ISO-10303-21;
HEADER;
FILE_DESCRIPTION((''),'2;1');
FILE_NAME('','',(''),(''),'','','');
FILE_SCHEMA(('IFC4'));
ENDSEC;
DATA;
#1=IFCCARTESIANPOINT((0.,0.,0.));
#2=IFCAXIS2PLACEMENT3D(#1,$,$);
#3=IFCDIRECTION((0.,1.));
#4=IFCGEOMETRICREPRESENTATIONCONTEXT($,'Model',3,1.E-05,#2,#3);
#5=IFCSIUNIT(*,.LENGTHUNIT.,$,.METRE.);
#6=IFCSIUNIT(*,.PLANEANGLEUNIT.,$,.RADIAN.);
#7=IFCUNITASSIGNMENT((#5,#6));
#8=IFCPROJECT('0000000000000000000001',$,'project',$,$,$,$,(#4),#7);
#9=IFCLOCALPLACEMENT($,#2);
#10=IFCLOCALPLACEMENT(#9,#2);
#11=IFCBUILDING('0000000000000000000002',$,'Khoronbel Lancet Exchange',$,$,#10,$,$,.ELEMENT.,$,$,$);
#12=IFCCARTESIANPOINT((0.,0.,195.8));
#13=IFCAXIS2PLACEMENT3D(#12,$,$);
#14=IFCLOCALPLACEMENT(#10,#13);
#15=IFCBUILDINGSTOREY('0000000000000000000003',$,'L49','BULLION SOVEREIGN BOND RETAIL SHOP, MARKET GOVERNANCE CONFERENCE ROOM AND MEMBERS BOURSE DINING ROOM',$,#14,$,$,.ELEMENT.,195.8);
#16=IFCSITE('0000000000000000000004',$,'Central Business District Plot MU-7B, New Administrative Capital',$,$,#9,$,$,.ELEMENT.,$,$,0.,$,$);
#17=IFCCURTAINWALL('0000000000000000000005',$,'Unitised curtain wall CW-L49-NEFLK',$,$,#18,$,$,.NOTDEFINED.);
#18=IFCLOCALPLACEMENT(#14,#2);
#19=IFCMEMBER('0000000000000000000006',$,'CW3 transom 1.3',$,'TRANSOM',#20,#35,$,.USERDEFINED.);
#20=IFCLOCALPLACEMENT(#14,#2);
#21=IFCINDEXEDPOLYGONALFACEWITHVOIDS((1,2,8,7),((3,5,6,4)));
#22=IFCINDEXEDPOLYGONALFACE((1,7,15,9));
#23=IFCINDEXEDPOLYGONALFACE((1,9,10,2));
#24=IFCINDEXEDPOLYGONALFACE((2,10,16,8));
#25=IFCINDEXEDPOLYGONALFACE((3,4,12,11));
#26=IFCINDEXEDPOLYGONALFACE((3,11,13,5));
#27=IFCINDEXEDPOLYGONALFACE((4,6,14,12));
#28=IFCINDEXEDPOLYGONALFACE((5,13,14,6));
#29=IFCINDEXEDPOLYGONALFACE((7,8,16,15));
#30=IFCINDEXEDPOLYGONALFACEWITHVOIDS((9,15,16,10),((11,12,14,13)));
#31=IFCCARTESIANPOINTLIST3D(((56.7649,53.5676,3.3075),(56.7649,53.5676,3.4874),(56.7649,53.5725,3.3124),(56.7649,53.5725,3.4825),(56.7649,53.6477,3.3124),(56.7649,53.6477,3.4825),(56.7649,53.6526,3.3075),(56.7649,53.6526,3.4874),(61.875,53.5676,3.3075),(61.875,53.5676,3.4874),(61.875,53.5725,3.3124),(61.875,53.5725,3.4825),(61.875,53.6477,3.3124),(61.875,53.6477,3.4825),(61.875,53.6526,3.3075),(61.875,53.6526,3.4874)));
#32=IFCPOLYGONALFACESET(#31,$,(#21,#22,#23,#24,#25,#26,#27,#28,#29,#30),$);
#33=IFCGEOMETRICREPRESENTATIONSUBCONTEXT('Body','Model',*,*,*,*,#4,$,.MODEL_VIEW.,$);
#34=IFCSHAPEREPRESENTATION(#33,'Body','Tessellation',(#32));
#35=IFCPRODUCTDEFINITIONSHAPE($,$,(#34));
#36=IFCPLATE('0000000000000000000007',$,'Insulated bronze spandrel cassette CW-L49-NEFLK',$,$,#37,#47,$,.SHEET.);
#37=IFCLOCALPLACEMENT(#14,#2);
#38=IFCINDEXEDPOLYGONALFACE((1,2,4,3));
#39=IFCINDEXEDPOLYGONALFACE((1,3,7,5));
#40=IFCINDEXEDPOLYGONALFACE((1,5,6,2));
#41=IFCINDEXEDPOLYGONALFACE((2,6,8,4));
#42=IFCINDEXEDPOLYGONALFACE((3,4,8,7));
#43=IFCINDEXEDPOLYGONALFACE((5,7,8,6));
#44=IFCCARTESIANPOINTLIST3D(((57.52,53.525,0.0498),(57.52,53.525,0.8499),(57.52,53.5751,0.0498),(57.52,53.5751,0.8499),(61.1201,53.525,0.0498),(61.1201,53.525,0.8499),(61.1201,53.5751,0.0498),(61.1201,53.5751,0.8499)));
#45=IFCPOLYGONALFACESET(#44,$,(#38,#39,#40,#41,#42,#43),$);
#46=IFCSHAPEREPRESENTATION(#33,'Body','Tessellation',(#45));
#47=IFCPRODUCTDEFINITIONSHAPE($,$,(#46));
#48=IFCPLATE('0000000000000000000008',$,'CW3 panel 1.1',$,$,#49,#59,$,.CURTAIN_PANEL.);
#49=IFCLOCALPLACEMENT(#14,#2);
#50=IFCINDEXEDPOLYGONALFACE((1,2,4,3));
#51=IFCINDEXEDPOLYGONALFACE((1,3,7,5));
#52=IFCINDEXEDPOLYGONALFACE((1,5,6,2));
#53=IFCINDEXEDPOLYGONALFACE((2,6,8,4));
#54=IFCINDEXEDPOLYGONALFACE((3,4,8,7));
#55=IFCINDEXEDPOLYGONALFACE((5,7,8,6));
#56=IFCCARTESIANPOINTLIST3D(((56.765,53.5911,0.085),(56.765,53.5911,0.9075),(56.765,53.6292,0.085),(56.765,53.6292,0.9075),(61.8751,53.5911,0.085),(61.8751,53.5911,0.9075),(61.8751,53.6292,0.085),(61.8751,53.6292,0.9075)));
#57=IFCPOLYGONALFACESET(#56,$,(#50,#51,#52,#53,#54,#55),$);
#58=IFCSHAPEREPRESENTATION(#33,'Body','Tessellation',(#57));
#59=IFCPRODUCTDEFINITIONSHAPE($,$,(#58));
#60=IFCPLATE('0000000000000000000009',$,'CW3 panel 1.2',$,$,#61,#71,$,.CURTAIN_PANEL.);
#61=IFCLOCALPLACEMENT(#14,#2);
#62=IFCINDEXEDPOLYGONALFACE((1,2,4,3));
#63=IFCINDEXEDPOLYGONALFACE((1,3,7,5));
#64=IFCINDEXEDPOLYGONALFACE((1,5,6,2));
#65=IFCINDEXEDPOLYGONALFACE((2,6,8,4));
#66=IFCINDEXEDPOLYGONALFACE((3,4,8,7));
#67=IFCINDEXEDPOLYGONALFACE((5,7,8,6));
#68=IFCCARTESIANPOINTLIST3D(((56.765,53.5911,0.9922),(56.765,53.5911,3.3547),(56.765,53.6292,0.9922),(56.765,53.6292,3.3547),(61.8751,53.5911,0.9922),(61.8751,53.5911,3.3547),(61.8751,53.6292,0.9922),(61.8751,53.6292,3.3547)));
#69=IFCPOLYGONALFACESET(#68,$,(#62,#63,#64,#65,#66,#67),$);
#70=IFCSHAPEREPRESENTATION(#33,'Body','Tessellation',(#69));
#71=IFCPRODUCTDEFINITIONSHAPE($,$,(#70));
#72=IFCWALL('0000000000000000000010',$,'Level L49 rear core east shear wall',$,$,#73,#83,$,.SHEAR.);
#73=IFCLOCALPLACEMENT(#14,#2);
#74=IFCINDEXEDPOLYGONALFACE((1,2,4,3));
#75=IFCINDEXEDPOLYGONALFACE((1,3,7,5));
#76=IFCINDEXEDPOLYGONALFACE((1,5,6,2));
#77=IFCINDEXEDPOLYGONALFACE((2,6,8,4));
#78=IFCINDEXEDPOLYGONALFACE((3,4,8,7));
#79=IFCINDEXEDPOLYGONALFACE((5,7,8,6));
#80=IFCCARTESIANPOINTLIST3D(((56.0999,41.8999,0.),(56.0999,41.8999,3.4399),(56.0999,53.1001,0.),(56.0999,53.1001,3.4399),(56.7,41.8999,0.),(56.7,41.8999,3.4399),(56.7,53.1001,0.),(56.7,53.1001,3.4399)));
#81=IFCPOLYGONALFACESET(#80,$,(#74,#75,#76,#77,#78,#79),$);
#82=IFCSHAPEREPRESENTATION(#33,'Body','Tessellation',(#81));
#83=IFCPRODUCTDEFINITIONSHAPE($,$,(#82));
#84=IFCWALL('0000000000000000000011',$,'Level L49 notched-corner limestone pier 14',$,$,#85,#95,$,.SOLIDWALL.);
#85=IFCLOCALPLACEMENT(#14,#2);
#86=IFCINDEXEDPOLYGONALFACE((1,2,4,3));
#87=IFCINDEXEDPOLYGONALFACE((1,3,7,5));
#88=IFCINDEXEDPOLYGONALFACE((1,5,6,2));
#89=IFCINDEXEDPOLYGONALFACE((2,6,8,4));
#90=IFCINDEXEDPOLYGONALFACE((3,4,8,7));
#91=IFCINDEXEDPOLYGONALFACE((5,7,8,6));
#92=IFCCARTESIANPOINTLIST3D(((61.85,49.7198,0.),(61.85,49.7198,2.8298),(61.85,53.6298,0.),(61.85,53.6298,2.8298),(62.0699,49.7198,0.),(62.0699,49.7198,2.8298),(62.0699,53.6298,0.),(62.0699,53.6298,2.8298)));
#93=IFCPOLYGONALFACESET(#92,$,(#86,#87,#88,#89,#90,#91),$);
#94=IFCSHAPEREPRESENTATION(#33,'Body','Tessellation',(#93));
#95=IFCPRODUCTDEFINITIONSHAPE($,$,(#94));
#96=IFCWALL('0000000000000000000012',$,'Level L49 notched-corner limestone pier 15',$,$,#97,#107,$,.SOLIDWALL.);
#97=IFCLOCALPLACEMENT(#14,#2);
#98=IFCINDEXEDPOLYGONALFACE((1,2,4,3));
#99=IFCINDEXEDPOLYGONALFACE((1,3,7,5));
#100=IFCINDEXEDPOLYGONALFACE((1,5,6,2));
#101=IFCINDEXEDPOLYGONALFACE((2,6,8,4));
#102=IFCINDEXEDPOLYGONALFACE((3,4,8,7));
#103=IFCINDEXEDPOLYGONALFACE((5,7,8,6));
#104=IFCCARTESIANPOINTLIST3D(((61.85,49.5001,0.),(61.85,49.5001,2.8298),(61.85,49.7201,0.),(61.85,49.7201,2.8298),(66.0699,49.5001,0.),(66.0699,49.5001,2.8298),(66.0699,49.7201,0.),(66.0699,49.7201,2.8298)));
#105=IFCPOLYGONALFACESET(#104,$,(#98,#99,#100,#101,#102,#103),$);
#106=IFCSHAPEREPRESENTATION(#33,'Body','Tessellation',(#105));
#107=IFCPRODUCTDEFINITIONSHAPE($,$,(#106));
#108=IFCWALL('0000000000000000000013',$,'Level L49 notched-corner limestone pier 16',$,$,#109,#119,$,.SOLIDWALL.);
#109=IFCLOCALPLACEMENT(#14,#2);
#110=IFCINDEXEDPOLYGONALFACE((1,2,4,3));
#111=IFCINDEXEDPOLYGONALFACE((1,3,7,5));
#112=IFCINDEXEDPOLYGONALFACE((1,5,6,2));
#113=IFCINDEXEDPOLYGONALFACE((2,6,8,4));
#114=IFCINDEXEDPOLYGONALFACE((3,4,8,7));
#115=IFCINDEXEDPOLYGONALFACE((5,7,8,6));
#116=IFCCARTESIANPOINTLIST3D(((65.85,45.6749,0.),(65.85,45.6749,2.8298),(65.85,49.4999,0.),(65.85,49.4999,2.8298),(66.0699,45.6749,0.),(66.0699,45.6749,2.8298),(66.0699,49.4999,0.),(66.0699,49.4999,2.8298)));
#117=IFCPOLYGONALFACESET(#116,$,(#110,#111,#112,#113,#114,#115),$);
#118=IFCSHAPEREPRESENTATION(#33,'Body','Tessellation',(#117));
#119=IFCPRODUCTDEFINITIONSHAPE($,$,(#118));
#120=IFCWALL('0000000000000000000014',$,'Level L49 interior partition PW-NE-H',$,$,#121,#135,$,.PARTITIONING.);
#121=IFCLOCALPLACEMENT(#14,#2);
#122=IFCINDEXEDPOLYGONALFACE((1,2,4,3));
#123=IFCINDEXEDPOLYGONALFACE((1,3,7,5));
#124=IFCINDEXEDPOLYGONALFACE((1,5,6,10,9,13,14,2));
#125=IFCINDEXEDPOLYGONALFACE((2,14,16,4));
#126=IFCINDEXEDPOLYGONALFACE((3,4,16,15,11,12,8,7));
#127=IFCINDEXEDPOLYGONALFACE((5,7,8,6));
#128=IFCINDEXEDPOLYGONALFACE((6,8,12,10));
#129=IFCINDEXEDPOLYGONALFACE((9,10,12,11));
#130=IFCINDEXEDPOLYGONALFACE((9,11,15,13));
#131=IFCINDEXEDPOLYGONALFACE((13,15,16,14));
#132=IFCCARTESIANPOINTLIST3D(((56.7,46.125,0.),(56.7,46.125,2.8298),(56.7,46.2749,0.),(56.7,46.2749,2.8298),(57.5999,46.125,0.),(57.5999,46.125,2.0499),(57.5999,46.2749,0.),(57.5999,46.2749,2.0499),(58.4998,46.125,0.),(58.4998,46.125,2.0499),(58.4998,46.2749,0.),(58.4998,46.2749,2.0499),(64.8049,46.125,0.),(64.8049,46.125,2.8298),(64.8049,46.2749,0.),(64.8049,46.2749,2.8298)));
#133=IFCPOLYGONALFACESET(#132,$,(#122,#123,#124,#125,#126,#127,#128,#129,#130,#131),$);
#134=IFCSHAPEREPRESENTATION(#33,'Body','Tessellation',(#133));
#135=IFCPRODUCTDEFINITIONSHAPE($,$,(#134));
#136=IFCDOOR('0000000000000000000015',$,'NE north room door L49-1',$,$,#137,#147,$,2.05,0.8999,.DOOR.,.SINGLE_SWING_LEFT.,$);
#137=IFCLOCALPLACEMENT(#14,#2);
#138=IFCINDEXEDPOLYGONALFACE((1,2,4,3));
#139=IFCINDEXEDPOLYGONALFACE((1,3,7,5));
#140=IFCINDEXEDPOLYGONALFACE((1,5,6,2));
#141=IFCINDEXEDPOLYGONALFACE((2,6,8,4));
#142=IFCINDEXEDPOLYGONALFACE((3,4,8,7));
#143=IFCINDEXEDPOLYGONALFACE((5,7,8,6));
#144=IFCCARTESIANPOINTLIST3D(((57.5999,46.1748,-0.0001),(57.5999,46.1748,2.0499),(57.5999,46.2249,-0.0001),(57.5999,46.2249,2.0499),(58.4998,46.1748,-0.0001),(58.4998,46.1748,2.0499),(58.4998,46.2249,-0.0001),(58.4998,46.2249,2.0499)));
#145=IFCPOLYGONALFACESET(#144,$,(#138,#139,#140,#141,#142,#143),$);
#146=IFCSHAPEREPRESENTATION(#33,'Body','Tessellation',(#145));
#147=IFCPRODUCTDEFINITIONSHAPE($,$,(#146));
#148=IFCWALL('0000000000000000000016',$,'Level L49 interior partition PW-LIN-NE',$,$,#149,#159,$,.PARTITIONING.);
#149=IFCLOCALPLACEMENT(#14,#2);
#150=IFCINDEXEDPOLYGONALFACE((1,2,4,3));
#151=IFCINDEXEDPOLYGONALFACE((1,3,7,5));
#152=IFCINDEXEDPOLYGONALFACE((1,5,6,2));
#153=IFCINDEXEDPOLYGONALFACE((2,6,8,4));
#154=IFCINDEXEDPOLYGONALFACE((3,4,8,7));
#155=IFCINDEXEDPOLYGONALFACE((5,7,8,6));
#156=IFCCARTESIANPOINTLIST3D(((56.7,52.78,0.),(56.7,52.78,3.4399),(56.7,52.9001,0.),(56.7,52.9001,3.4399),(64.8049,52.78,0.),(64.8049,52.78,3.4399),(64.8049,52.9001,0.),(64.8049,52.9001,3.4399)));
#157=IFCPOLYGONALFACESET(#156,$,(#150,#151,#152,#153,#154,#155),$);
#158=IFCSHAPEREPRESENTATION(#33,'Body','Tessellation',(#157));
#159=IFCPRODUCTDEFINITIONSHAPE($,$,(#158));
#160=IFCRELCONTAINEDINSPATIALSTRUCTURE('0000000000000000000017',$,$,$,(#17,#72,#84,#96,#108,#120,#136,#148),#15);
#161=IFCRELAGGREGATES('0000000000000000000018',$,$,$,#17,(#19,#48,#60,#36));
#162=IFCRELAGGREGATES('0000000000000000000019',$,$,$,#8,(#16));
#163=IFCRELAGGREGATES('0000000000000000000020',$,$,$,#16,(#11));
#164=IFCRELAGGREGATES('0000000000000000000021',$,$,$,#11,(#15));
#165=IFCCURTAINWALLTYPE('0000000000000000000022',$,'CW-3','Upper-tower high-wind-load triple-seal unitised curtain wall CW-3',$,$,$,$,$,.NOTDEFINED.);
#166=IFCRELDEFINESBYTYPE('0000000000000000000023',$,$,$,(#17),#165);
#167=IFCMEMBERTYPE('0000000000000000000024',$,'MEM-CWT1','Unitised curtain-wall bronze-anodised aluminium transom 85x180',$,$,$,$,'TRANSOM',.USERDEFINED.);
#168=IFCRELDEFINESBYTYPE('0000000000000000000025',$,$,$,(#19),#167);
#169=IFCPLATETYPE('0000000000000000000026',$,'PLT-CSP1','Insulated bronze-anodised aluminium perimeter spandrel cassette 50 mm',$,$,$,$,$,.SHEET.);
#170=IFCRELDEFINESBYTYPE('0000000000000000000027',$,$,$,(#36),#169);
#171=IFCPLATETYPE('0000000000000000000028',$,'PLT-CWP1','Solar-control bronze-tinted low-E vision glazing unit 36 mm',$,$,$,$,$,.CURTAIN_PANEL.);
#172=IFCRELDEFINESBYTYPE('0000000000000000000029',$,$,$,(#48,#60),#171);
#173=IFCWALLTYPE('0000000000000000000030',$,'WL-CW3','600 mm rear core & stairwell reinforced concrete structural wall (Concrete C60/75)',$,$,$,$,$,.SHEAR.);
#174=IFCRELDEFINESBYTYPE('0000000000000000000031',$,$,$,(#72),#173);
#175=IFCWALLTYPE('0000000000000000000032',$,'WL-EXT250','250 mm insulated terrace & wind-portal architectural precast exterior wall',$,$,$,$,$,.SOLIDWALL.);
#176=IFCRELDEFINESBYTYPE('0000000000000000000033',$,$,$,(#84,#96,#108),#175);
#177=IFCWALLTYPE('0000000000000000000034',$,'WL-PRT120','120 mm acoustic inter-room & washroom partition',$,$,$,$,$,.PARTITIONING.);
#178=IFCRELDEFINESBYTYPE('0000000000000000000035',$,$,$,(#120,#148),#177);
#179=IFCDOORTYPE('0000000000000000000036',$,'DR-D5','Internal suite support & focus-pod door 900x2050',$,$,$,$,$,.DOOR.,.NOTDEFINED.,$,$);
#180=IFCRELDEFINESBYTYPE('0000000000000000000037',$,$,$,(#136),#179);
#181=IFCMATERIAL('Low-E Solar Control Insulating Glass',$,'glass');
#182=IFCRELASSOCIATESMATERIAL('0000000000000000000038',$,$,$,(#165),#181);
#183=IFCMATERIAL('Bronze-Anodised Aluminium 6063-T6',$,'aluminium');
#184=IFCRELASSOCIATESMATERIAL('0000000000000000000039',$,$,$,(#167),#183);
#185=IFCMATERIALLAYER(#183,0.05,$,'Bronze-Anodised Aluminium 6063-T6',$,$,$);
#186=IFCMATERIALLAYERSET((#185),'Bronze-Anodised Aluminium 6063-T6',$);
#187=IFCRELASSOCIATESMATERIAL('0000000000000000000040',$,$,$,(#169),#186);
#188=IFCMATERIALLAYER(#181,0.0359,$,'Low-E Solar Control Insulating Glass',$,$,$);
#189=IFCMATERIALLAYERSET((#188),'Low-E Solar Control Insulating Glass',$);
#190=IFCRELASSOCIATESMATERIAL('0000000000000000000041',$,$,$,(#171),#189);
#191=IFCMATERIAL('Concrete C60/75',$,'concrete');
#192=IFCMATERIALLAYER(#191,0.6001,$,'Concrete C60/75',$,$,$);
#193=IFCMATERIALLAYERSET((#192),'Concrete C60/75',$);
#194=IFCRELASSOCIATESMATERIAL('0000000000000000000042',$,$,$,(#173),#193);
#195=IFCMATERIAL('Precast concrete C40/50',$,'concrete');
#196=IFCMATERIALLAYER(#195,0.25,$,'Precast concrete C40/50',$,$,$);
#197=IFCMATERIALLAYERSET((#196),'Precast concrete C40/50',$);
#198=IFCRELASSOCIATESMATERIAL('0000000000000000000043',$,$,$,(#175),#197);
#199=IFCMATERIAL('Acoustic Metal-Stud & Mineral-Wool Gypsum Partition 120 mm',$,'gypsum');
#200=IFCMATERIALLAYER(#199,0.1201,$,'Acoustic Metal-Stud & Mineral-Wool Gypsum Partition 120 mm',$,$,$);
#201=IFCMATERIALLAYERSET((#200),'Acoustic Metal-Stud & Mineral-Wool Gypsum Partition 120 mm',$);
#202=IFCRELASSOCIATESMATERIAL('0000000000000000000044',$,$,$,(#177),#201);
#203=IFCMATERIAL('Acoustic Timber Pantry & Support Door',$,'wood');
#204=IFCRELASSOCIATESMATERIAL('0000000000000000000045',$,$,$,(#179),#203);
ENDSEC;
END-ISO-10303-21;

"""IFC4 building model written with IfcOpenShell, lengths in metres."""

from ifc_helpers import new_model, si_unit, direction, frame, frame_2d, origin, origin_2d, place, context, subcontext, project, spatial, rectangle, hollow_rectangle, extrude, material, layer, layer_set, material_profile, profile_set, type_object, element, fill, aggregate, save


model = new_model("IFC4")

# Units and contexts
model_context = context("Model", 3, precision=1e-05, world=origin(), true_north=direction((0.0, 1.0)))
body_context = subcontext(model_context, "Body", "Model", "MODEL_VIEW")
ifc_project = project(units=[si_unit("LENGTHUNIT", "METRE"), si_unit("PLANEANGLEUNIT", "RADIAN")], contexts=[model_context])

# Site, building, storey
site_placement = place(None, origin())
site = spatial("IfcSite", under=ifc_project, at=site_placement, Name="Central Business District Plot MU-7B, New Administrative Capital", CompositionType="ELEMENT", RefElevation=0.0)
building_placement = place(site_placement, origin())
building = spatial("IfcBuilding", under=site, at=building_placement, Name="Khoronbel Lancet Exchange", CompositionType="ELEMENT")
storey_placement = place(building_placement, frame((0.0, 0.0, 195.8)))
storey = spatial("IfcBuildingStorey", under=building, at=storey_placement, Name="L49", Description="BULLION SOVEREIGN BOND RETAIL SHOP, MARKET GOVERNANCE CONFERENCE ROOM AND MEMBERS BOURSE DINING ROOM", CompositionType="ELEMENT", Elevation=195.8)

# Curtain wall, member, plates
ifc_material_1 = material(Name="Low-E Solar Control Insulating Glass", Category="glass")
curtain_wall_type = type_object("IfcCurtainWallType", Name="CW-3", Description="Upper-tower high-wind-load triple-seal unitised curtain wall CW-3", PredefinedType="NOTDEFINED", material=ifc_material_1)
curtain_wall_placement = place(storey_placement, origin())
curtain_wall = element("IfcCurtainWall", 1, at=curtain_wall_placement, inside=storey, type_object=curtain_wall_type, Name="Unitised curtain wall CW-L49-NEFLK", PredefinedType="NOTDEFINED")
ifc_material_2 = material(Name="Bronze-Anodised Aluminium 6063-T6", Category="aluminium")
ifc_material_profile_1 = material_profile(ifc_material_2, hollow_rectangle(XDim=0.085, YDim=0.1799, WallThickness=0.0049, at=origin_2d()), Name="ALU TRANSOM 85x180")
ifc_profile_set_1 = profile_set([ifc_material_profile_1], Name="Bronze-Anodised Aluminium 6063-T6")
member_type_1 = type_object("IfcMemberType", Name="MEM-CWT1", Description="Unitised curtain-wall bronze-anodised aluminium transom 85x180", ElementType="TRANSOM", PredefinedType="USERDEFINED", material=ifc_profile_set_1)
member_1_placement = place(storey_placement, frame((61.875, 53.6101, 3.3975), z_axis=(-1.0, 0.0, 0.0), x_axis=(0.0, -1.0, 0.0)))
member_1 = element("IfcMember", 2, at=member_1_placement, type_object=member_type_1, Name="CW3 transom 1.3", ObjectType="TRANSOM", PredefinedType="USERDEFINED", context=body_context, shape_type="SweptSolid", body=[
    extrude(hollow_rectangle(XDim=0.085, YDim=0.1799, WallThickness=0.0049, at=origin_2d()), origin(), (0.0, 0.0, 1.0), 5.1101),
])
ifc_layer_1 = layer(ifc_material_2, 0.05, Name="Bronze-Anodised Aluminium 6063-T6")
ifc_layer_set_1 = layer_set([ifc_layer_1], Name="Bronze-Anodised Aluminium 6063-T6")
plate_type_1 = type_object("IfcPlateType", Name="PLT-CSP1", Description="Insulated bronze-anodised aluminium perimeter spandrel cassette 50 mm", PredefinedType="SHEET", material=ifc_layer_set_1)
plate_1_placement = place(storey_placement, frame((59.3201, 53.55, 0.0498), z_axis=(0.0, 0.0, 1.0), x_axis=(-1.0, 0.0, 0.0)))
plate_1 = element("IfcPlate", 3, at=plate_1_placement, type_object=plate_type_1, Name="Insulated bronze spandrel cassette CW-L49-NEFLK", PredefinedType="SHEET", context=body_context, shape_type="SweptSolid", body=[
    extrude(rectangle(XDim=3.6001, YDim=0.05, at=origin_2d()), origin(), (0.0, 0.0, 1.0), 0.8),
])
ifc_layer_2 = layer(ifc_material_1, 0.0359, Name="Low-E Solar Control Insulating Glass")
ifc_layer_set_2 = layer_set([ifc_layer_2], Name="Low-E Solar Control Insulating Glass")
plate_type_2 = type_object("IfcPlateType", Name="PLT-CWP1", Description="Solar-control bronze-tinted low-E vision glazing unit 36 mm", PredefinedType="CURTAIN_PANEL", material=ifc_layer_set_2)
plate_2_placement = place(storey_placement, frame((59.3201, 53.6101, 0.085), z_axis=(0.0, 0.0, 1.0), x_axis=(-1.0, 0.0, 0.0)))
plate_2 = element("IfcPlate", 4, at=plate_2_placement, type_object=plate_type_2, Name="CW3 panel 1.1", PredefinedType="CURTAIN_PANEL", context=body_context, shape_type="SweptSolid", body=[
    extrude(rectangle(XDim=5.1101, YDim=0.0381, at=origin_2d()), origin(), (0.0, 0.0, 1.0), 0.8225),
])
plate_3_placement = place(storey_placement, frame((59.3201, 53.6101, 0.9922), z_axis=(0.0, 0.0, 1.0), x_axis=(-1.0, 0.0, 0.0)))
plate_3 = element("IfcPlate", 5, at=plate_3_placement, type_object=plate_type_2, Name="CW3 panel 1.2", PredefinedType="CURTAIN_PANEL", context=body_context, shape_type="SweptSolid", body=[
    extrude(rectangle(XDim=5.1101, YDim=0.0381, at=origin_2d()), origin(), (0.0, 0.0, 1.0), 2.3625),
])
aggregate(curtain_wall, [member_1, plate_2, plate_3, plate_1])

# Walls
ifc_material_3 = material(Name="Concrete C60/75", Category="concrete")
ifc_layer_3 = layer(ifc_material_3, 0.6001, Name="Concrete C60/75")
ifc_layer_set_3 = layer_set([ifc_layer_3], Name="Concrete C60/75")
wall_type_1 = type_object("IfcWallType", Name="WL-CW3", Description="600 mm rear core & stairwell reinforced concrete structural wall (Concrete C60/75)", PredefinedType="SHEAR", material=ifc_layer_set_3)
wall_1_placement = place(storey_placement, frame((56.3999, 53.1001, 0.0), z_axis=(0.0, 0.0, 1.0), x_axis=(0.0, -1.0, 0.0)))
element("IfcWall", 6, at=wall_1_placement, inside=storey, type_object=wall_type_1, Name="Level L49 rear core east shear wall", PredefinedType="SHEAR", context=body_context, shape_type="SweptSolid", body=[
    extrude(rectangle(XDim=11.2002, YDim=0.6001, at=frame_2d((5.6001, 0.0))), origin(), (0.0, 0.0, 1.0), 3.4399),
])
ifc_material_4 = material(Name="Precast concrete C40/50", Category="concrete")
ifc_layer_4 = layer(ifc_material_4, 0.25, Name="Precast concrete C40/50")
ifc_layer_set_4 = layer_set([ifc_layer_4], Name="Precast concrete C40/50")
wall_type_2 = type_object("IfcWallType", Name="WL-EXT250", Description="250 mm insulated terrace & wind-portal architectural precast exterior wall", PredefinedType="SOLIDWALL", material=ifc_layer_set_4)
wall_2_placement = place(storey_placement, frame((61.96, 53.6299, 0.0), z_axis=(0.0, 0.0, 1.0), x_axis=(0.0, -1.0, 0.0)))
element("IfcWall", 7, at=wall_2_placement, inside=storey, type_object=wall_type_2, Name="Level L49 notched-corner limestone pier 14", PredefinedType="SOLIDWALL", context=body_context, shape_type="SweptSolid", body=[
    extrude(rectangle(XDim=3.9099, YDim=0.22, at=frame_2d((1.9551, 0.0))), origin(), (0.0, 0.0, 1.0), 2.8298),
])
wall_3_placement = place(storey_placement, frame((61.8501, 49.6101, 0.0), z_axis=(0.0, 0.0, 1.0), x_axis=(1.0, 0.0, 0.0)))
element("IfcWall", 8, at=wall_3_placement, inside=storey, type_object=wall_type_2, Name="Level L49 notched-corner limestone pier 15", PredefinedType="SOLIDWALL", context=body_context, shape_type="SweptSolid", body=[
    extrude(rectangle(XDim=4.22, YDim=0.22, at=frame_2d((2.1099, 0.0))), origin(), (0.0, 0.0, 1.0), 2.8298),
])
wall_4_placement = place(storey_placement, frame((65.96, 49.5, 0.0), z_axis=(0.0, 0.0, 1.0), x_axis=(0.0, -1.0, 0.0)))
element("IfcWall", 9, at=wall_4_placement, inside=storey, type_object=wall_type_2, Name="Level L49 notched-corner limestone pier 16", PredefinedType="SOLIDWALL", context=body_context, shape_type="SweptSolid", body=[
    extrude(rectangle(XDim=3.825, YDim=0.22, at=frame_2d((1.9126, 0.0))), origin(), (0.0, 0.0, 1.0), 2.8298),
])

# Wall, opening, door
ifc_material_5 = material(Name="Acoustic Metal-Stud & Mineral-Wool Gypsum Partition 120 mm", Category="gypsum")
ifc_layer_5 = layer(ifc_material_5, 0.1201, Name="Acoustic Metal-Stud & Mineral-Wool Gypsum Partition 120 mm")
ifc_layer_set_5 = layer_set([ifc_layer_5], Name="Acoustic Metal-Stud & Mineral-Wool Gypsum Partition 120 mm")
wall_type_3 = type_object("IfcWallType", Name="WL-PRT120", Description="120 mm acoustic inter-room & washroom partition", PredefinedType="PARTITIONING", material=ifc_layer_set_5)
wall_5_placement = place(storey_placement, frame((56.7, 46.2, 0.0), z_axis=(0.0, 0.0, 1.0), x_axis=(1.0, 0.0, 0.0)))
wall_5 = element("IfcWall", 10, at=wall_5_placement, inside=storey, type_object=wall_type_3, Name="Level L49 interior partition PW-NE-H", PredefinedType="PARTITIONING", context=body_context, shape_type="SweptSolid", body=[
    extrude(rectangle(XDim=8.105, YDim=0.1499, at=frame_2d((4.0525, 0.0))), origin(), (0.0, 0.0, 1.0), 2.8298),
])
opening_placement = place(wall_5_placement, frame((0.8999, 0.0, 0.0)))
opening = element("IfcOpeningElement", 11, at=opening_placement, cuts=wall_5, PredefinedType="OPENING", context=body_context, shape_type="SweptSolid", body=[
    extrude(rectangle(XDim=0.8999, YDim=2.05, at=frame_2d((0.45, 1.0249))), frame((0.0, 0.085, 0.0), z_axis=(0.0, -1.0, 0.0), x_axis=(1.0, 0.0, 0.0)), (0.0, 0.0, 1.0), 0.1699),
])
ifc_material_6 = material(Name="Acoustic Timber Pantry & Support Door", Category="wood")
door_type = type_object("IfcDoorType", Name="DR-D5", Description="Internal suite support & focus-pod door 900x2050", OperationType="NOTDEFINED", PredefinedType="DOOR", material=ifc_material_6)
door_placement = place(opening_placement, origin())
door = element("IfcDoor", 12, at=door_placement, inside=storey, type_object=door_type, Name="NE north room door L49-1", OperationType="SINGLE_SWING_LEFT", OverallHeight=2.05, OverallWidth=0.8999, PredefinedType="DOOR", context=body_context, shape_type="SweptSolid", body=[
    extrude(rectangle(XDim=0.8999, YDim=2.05, at=frame_2d((0.45, 1.0249))), frame((0.0, 0.0249, 0.0), z_axis=(0.0, -1.0, 0.0), x_axis=(1.0, 0.0, 0.0)), (0.0, 0.0, 1.0), 0.05),
])
fill(opening, door)

# Wall
wall_6_placement = place(storey_placement, frame((56.7, 52.8401, 0.0), z_axis=(0.0, 0.0, 1.0), x_axis=(1.0, 0.0, 0.0)))
element("IfcWall", 13, at=wall_6_placement, inside=storey, type_object=wall_type_3, Name="Level L49 interior partition PW-LIN-NE", PredefinedType="PARTITIONING", context=body_context, shape_type="SweptSolid", body=[
    extrude(rectangle(XDim=8.105, YDim=0.1201, at=frame_2d((4.0525, 0.0))), origin(), (0.0, 0.0, 1.0), 3.4399),
])

save(model, "model.ifc")
